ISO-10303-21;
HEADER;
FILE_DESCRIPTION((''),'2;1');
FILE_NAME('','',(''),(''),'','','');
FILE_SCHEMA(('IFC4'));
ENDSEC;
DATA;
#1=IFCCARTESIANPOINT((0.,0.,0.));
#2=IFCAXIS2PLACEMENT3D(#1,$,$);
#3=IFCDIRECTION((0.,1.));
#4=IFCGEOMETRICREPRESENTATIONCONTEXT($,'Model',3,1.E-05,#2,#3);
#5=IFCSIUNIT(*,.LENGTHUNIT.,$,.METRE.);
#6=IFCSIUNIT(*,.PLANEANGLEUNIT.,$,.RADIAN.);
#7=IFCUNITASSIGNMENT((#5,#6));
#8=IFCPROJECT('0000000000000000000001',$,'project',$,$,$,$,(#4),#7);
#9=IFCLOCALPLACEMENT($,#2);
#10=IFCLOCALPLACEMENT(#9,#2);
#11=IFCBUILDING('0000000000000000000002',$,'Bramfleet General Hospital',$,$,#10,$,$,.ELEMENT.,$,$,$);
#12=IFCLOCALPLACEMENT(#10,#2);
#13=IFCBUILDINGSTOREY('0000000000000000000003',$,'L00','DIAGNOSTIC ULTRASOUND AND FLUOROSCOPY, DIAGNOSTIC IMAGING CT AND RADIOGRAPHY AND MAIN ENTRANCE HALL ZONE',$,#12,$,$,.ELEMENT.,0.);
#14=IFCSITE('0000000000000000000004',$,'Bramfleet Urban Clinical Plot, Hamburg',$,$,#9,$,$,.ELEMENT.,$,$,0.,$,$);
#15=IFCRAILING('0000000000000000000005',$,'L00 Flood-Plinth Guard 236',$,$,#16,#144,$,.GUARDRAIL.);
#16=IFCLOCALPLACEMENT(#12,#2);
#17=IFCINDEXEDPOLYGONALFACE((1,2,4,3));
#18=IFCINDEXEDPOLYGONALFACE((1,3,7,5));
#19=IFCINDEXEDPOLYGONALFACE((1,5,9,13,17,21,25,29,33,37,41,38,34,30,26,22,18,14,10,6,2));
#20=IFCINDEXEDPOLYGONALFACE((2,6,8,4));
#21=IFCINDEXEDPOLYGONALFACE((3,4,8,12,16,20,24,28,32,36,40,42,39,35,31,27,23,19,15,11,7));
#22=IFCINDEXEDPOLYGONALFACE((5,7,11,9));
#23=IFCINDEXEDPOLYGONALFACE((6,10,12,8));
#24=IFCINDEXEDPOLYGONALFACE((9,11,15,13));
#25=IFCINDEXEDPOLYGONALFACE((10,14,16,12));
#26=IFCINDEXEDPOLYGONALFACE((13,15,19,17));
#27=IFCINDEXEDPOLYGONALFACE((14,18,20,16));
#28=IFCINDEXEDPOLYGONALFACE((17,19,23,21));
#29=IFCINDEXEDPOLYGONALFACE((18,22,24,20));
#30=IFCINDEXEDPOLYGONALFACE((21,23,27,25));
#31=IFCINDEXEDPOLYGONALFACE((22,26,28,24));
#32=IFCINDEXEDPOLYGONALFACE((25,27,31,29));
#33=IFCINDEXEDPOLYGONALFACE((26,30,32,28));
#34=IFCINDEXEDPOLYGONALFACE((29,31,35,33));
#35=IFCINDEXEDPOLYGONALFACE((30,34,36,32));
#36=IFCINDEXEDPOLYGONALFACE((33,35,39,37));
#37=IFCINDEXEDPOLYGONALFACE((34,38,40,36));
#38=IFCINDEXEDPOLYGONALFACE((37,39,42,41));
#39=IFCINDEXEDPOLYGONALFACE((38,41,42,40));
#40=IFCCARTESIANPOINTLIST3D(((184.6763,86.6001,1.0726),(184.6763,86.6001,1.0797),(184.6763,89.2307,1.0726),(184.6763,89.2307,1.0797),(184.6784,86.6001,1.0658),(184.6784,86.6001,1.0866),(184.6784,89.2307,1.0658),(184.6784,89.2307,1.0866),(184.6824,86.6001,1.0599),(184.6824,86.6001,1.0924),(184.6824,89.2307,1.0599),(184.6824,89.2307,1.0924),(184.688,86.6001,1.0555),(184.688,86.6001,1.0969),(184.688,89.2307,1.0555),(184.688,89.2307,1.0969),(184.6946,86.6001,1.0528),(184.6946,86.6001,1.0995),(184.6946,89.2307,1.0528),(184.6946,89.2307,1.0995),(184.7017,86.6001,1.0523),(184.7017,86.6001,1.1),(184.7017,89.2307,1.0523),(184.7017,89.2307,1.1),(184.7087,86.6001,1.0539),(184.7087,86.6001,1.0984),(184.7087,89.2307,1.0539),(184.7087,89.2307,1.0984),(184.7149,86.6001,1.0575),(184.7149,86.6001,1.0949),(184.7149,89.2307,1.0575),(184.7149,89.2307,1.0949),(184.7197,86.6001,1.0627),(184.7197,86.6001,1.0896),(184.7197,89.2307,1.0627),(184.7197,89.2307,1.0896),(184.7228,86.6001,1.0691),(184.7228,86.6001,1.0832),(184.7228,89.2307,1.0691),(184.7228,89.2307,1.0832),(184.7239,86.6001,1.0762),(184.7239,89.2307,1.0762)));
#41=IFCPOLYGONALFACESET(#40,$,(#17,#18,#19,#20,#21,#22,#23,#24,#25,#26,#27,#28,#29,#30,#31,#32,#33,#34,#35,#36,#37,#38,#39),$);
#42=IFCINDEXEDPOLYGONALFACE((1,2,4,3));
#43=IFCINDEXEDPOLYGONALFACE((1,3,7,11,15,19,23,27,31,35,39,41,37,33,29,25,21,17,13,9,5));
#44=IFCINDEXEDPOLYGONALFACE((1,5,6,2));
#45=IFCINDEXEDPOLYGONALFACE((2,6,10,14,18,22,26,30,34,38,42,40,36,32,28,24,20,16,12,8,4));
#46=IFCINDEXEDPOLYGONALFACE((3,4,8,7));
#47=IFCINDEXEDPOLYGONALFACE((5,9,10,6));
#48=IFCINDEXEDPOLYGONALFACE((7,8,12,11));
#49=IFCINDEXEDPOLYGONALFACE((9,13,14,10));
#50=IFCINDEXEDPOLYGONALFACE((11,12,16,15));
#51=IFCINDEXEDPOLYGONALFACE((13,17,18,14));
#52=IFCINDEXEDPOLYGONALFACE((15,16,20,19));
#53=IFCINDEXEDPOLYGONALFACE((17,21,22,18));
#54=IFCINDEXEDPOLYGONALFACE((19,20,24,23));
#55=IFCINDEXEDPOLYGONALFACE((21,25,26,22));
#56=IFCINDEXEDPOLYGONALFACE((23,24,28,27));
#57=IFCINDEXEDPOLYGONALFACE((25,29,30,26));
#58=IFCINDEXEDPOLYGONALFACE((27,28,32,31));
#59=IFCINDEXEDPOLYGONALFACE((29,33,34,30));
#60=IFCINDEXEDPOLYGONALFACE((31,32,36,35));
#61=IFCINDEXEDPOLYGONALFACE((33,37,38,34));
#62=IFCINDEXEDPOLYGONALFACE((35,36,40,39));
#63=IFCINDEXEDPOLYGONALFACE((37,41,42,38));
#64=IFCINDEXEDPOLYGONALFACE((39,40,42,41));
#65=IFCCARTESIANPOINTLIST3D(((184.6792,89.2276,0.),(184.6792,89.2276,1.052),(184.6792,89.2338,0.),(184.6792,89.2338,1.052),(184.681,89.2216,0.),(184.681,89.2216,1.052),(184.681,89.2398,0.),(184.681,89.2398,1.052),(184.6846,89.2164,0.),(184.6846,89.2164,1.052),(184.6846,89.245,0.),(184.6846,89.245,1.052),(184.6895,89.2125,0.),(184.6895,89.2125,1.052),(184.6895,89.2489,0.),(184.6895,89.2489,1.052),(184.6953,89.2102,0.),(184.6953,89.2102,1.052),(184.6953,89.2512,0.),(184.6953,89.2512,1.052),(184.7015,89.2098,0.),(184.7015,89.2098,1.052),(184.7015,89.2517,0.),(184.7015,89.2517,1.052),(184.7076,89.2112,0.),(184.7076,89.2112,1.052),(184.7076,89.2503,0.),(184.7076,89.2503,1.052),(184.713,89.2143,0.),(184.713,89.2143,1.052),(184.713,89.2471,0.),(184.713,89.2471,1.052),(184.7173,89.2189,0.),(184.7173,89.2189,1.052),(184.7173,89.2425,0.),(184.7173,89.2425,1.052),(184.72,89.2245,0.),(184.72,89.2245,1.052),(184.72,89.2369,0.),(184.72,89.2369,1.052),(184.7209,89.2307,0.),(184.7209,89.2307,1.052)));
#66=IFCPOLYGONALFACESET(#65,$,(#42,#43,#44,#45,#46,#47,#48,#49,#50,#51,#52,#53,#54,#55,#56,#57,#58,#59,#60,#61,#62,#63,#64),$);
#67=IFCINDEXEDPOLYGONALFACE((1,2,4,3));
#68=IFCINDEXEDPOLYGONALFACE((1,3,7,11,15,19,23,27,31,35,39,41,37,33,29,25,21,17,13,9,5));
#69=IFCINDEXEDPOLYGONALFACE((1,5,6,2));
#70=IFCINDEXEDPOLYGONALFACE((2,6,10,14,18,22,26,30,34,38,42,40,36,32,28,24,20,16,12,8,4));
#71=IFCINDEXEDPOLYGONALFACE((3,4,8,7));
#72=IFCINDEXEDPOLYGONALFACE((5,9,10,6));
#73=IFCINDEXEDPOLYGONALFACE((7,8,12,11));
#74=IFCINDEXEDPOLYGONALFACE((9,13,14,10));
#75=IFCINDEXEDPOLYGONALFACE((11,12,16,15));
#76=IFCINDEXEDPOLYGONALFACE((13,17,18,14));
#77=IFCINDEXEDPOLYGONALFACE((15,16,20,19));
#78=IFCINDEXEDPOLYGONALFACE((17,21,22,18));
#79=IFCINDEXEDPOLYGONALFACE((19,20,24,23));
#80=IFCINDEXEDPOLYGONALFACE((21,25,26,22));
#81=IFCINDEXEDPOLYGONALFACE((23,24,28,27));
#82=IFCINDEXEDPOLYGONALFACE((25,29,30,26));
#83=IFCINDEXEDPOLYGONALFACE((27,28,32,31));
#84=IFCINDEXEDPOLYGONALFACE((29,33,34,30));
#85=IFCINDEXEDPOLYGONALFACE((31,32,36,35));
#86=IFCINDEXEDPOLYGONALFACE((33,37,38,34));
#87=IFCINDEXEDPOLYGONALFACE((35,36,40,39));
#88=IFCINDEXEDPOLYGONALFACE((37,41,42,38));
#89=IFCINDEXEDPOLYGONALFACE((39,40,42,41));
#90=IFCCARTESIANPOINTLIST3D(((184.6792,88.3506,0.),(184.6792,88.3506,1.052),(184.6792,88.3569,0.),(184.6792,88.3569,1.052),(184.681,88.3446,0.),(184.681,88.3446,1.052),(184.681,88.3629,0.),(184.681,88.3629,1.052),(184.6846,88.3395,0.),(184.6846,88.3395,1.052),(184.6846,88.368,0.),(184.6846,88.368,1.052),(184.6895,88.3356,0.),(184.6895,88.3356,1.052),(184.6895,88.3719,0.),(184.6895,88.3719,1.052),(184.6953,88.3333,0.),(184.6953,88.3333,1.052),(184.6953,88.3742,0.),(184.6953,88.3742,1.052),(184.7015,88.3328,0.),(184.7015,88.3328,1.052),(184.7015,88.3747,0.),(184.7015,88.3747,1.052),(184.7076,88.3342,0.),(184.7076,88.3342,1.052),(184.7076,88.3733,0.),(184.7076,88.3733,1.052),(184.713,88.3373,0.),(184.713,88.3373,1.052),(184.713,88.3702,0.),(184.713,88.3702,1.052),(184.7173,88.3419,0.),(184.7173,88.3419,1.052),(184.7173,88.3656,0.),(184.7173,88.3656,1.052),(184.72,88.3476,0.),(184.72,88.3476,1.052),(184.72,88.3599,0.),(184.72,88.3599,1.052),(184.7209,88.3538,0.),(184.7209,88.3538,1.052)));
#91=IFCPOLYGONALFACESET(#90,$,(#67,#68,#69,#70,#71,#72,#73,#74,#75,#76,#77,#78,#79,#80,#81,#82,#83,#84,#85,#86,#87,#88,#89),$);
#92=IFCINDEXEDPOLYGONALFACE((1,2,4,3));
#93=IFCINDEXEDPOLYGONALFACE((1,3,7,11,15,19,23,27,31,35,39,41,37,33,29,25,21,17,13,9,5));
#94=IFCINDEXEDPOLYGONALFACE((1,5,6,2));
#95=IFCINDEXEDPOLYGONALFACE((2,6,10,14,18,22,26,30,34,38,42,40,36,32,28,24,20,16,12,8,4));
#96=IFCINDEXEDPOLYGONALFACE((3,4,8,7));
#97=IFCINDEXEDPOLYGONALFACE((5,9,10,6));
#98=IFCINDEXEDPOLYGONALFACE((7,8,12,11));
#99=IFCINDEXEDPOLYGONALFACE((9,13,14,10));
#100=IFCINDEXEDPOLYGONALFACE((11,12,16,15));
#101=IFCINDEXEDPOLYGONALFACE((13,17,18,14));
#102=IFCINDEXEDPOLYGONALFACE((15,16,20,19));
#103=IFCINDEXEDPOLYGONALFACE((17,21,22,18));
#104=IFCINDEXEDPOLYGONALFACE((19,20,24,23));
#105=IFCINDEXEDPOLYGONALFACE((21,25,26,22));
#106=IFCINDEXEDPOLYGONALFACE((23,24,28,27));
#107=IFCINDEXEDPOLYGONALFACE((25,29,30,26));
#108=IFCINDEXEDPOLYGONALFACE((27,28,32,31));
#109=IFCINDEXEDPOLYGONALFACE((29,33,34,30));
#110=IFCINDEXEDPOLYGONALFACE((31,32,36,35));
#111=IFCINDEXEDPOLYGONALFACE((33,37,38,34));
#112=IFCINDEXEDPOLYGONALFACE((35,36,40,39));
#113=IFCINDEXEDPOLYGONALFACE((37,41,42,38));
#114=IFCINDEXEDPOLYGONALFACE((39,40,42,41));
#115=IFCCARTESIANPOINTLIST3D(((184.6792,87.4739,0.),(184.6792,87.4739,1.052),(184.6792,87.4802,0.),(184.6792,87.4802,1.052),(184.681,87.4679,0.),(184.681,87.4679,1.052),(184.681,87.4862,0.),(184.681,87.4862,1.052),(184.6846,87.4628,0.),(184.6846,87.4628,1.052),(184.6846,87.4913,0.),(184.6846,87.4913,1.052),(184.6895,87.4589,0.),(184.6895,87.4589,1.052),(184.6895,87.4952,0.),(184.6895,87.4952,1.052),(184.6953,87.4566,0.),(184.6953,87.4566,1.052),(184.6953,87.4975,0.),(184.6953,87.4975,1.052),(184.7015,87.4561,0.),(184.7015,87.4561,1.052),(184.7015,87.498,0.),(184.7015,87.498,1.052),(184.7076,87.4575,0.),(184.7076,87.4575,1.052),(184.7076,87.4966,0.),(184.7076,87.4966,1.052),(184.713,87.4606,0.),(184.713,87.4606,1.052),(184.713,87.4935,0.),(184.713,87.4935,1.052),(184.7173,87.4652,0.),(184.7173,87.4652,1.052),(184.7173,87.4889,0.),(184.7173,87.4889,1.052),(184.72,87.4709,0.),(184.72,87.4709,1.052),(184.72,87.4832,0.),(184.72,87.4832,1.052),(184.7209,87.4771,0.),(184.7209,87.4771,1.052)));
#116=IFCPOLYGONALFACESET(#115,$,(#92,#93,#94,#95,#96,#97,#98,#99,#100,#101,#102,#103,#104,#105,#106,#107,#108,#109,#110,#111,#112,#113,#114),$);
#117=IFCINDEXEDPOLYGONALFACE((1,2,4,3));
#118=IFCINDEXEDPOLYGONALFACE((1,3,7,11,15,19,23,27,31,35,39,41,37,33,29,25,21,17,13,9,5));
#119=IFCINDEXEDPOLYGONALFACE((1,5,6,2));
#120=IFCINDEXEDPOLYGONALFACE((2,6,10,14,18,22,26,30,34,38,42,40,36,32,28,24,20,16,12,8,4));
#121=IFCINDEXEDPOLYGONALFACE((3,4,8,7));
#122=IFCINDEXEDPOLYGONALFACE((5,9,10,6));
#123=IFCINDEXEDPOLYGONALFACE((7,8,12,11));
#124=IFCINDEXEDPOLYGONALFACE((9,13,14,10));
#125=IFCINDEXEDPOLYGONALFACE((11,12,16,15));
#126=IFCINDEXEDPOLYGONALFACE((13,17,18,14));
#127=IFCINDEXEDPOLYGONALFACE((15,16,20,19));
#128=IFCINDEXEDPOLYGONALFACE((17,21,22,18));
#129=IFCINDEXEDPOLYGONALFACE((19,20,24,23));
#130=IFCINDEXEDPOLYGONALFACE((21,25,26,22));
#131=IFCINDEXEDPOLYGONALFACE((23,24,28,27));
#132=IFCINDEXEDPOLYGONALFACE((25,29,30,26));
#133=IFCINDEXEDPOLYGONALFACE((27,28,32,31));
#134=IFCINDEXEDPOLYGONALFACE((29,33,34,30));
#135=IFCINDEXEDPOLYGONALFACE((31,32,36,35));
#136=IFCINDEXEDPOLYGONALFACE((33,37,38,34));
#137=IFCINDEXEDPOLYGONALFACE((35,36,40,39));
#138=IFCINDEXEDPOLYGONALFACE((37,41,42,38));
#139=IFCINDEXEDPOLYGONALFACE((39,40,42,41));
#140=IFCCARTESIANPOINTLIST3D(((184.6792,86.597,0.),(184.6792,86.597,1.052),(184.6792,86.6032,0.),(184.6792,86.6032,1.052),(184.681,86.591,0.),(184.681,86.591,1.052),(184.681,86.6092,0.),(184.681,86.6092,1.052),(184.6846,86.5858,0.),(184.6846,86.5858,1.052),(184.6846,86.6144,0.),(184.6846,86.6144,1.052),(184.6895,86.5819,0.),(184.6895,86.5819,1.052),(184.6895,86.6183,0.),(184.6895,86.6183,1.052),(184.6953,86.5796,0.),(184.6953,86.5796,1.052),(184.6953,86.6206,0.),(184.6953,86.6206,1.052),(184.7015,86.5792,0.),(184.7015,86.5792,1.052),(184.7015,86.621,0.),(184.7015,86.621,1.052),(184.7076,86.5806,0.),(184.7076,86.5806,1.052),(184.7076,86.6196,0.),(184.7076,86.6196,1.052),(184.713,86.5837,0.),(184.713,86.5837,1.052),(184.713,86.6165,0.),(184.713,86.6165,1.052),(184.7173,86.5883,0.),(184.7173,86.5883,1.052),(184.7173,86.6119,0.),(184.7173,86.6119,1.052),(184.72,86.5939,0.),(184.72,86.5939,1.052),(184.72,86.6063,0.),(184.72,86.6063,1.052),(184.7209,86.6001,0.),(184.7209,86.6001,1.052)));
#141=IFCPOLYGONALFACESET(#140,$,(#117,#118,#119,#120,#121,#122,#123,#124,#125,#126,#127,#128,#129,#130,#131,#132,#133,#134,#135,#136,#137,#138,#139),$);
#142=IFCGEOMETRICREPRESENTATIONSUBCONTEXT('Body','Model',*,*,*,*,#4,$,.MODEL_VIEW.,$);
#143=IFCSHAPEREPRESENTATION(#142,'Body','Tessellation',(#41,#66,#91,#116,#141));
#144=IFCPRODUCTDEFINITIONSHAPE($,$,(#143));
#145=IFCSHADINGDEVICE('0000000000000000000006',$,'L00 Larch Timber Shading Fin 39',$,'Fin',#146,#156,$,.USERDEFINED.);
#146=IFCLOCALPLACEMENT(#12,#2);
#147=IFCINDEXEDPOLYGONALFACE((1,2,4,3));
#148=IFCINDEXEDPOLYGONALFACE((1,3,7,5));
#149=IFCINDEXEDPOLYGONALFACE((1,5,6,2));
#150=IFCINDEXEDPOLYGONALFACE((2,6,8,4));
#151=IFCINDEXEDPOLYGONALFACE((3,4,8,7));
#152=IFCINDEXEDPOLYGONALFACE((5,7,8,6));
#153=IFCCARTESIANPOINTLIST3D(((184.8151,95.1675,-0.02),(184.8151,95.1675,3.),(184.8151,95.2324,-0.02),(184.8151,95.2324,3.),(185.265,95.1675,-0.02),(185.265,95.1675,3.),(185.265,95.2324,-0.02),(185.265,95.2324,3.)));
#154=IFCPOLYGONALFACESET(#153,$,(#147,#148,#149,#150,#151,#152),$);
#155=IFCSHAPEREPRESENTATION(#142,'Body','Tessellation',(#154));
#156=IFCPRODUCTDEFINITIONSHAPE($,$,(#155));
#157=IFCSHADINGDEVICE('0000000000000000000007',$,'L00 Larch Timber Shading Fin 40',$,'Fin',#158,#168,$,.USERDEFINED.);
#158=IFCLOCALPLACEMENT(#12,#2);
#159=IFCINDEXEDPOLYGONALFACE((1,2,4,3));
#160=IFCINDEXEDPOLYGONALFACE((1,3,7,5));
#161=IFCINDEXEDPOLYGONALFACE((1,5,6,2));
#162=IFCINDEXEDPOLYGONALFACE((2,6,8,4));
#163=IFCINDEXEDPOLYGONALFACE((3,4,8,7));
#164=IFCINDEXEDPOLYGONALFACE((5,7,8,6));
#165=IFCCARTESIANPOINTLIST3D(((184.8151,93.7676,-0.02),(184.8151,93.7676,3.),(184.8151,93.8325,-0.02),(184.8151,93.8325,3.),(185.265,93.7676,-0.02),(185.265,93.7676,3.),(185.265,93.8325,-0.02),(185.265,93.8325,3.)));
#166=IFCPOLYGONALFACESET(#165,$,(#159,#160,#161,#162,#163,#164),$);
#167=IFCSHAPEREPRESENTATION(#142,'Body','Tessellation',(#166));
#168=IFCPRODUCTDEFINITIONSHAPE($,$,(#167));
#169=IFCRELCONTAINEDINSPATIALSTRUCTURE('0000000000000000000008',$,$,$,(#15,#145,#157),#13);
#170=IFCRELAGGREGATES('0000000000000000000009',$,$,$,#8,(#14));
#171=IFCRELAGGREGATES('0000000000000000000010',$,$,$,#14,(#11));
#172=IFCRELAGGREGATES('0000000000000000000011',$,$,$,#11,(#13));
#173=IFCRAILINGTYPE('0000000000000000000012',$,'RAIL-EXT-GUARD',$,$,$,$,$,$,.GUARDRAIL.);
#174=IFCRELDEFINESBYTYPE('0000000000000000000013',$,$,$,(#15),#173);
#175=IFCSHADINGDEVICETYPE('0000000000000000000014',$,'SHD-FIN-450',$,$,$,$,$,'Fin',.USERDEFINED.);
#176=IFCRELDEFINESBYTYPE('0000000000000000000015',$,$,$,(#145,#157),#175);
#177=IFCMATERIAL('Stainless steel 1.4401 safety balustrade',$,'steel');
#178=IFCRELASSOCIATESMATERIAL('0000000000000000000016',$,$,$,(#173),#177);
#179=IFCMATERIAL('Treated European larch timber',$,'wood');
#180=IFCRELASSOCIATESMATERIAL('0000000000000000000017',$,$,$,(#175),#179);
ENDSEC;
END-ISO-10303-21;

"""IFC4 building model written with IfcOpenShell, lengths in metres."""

from ifc_helpers import new_model, si_unit, direction, frame, origin, origin_2d, place, context, subcontext, project, spatial, rectangle, circle, extrude, material, material_profile, profile_set, type_object, element, save


model = new_model("IFC4")

# Units and contexts
model_context = context("Model", 3, precision=1e-05, world=origin(), true_north=direction((0.0, 1.0)))
body_context = subcontext(model_context, "Body", "Model", "MODEL_VIEW")
ifc_project = project(units=[si_unit("LENGTHUNIT", "METRE"), si_unit("PLANEANGLEUNIT", "RADIAN")], contexts=[model_context])

# Site, building, storey
site_placement = place(None, origin())
site = spatial("IfcSite", under=ifc_project, at=site_placement, Name="Bramfleet Urban Clinical Plot, Hamburg", CompositionType="ELEMENT", RefElevation=0.0)
building_placement = place(site_placement, origin())
building = spatial("IfcBuilding", under=site, at=building_placement, Name="Bramfleet General Hospital", CompositionType="ELEMENT")
storey_placement = place(building_placement, origin())
storey = spatial("IfcBuildingStorey", under=building, at=storey_placement, Name="L00", Description="DIAGNOSTIC ULTRASOUND AND FLUOROSCOPY, DIAGNOSTIC IMAGING CT AND RADIOGRAPHY AND MAIN ENTRANCE HALL ZONE", CompositionType="ELEMENT", Elevation=0.0)

# Railing
ifc_material_1 = material(Name="Stainless steel 1.4401 safety balustrade", Category="steel")
railing_type_1 = type_object("IfcRailingType", Name="RAIL-EXT-GUARD", PredefinedType="GUARDRAIL", material=ifc_material_1)
railing_1_placement = place(storey_placement, frame((184.7, 89.2307, 0.0)))
element("IfcRailing", 1, at=railing_1_placement, inside=storey, type_object=railing_type_1, Name="L00 Flood-Plinth Guard 236", PredefinedType="GUARDRAIL", context=body_context, shape_type="SweptSolid", body=[
    extrude(circle(Radius=0.0239, at=origin_2d()), frame((0.0, 0.0, 1.0762), z_axis=(0.0, -1.0, 0.0), x_axis=(1.0, 0.0, 0.0)), (0.0, 0.0, 1.0), 2.6306),
    extrude(circle(Radius=0.021, at=origin_2d()), origin(), (0.0, 0.0, 1.0), 1.052),
    extrude(circle(Radius=0.021, at=origin_2d()), frame((0.0, -0.877, 0.0)), (0.0, 0.0, 1.0), 1.052),
    extrude(circle(Radius=0.021, at=origin_2d()), frame((0.0, -1.7537, 0.0)), (0.0, 0.0, 1.0), 1.052),
    extrude(circle(Radius=0.021, at=origin_2d()), frame((0.0, -2.6306, 0.0)), (0.0, 0.0, 1.0), 1.052),
])

# Shading devices
ifc_material_2 = material(Name="Treated European larch timber", Category="wood")
ifc_material_profile_1 = material_profile(ifc_material_2, rectangle(XDim=0.0649, YDim=0.45, at=origin_2d()), Name="LARCH FIN 450x65")
ifc_profile_set_1 = profile_set([ifc_material_profile_1], Name="Treated European larch timber")
shading_device_type = type_object("IfcShadingDeviceType", Name="SHD-FIN-450", ElementType="Fin", PredefinedType="USERDEFINED", material=ifc_profile_set_1)
for number, where, z_axis, x_axis, name in (
    (2, (185.04, 95.2, -0.02), (0.0, 0.0, 1.0), (0.0, -1.0, 0.0), "L00 Larch Timber Shading Fin 39"),
    (3, (185.04, 93.8, -0.02), (0.0, 0.0, 1.0), (0.0, -1.0, 0.0), "L00 Larch Timber Shading Fin 40"),
):
    element("IfcShadingDevice", number, at=place(storey_placement, frame(where, z_axis=z_axis, x_axis=x_axis)), inside=storey, type_object=shading_device_type, Name=name, ObjectType="Fin", PredefinedType="USERDEFINED", context=body_context, shape_type="SweptSolid", body=[
        extrude(rectangle(XDim=0.0649, YDim=0.45, at=origin_2d()), origin(), (0.0, 0.0, 1.0), 3.02),
    ])

save(model, "model.ifc")
